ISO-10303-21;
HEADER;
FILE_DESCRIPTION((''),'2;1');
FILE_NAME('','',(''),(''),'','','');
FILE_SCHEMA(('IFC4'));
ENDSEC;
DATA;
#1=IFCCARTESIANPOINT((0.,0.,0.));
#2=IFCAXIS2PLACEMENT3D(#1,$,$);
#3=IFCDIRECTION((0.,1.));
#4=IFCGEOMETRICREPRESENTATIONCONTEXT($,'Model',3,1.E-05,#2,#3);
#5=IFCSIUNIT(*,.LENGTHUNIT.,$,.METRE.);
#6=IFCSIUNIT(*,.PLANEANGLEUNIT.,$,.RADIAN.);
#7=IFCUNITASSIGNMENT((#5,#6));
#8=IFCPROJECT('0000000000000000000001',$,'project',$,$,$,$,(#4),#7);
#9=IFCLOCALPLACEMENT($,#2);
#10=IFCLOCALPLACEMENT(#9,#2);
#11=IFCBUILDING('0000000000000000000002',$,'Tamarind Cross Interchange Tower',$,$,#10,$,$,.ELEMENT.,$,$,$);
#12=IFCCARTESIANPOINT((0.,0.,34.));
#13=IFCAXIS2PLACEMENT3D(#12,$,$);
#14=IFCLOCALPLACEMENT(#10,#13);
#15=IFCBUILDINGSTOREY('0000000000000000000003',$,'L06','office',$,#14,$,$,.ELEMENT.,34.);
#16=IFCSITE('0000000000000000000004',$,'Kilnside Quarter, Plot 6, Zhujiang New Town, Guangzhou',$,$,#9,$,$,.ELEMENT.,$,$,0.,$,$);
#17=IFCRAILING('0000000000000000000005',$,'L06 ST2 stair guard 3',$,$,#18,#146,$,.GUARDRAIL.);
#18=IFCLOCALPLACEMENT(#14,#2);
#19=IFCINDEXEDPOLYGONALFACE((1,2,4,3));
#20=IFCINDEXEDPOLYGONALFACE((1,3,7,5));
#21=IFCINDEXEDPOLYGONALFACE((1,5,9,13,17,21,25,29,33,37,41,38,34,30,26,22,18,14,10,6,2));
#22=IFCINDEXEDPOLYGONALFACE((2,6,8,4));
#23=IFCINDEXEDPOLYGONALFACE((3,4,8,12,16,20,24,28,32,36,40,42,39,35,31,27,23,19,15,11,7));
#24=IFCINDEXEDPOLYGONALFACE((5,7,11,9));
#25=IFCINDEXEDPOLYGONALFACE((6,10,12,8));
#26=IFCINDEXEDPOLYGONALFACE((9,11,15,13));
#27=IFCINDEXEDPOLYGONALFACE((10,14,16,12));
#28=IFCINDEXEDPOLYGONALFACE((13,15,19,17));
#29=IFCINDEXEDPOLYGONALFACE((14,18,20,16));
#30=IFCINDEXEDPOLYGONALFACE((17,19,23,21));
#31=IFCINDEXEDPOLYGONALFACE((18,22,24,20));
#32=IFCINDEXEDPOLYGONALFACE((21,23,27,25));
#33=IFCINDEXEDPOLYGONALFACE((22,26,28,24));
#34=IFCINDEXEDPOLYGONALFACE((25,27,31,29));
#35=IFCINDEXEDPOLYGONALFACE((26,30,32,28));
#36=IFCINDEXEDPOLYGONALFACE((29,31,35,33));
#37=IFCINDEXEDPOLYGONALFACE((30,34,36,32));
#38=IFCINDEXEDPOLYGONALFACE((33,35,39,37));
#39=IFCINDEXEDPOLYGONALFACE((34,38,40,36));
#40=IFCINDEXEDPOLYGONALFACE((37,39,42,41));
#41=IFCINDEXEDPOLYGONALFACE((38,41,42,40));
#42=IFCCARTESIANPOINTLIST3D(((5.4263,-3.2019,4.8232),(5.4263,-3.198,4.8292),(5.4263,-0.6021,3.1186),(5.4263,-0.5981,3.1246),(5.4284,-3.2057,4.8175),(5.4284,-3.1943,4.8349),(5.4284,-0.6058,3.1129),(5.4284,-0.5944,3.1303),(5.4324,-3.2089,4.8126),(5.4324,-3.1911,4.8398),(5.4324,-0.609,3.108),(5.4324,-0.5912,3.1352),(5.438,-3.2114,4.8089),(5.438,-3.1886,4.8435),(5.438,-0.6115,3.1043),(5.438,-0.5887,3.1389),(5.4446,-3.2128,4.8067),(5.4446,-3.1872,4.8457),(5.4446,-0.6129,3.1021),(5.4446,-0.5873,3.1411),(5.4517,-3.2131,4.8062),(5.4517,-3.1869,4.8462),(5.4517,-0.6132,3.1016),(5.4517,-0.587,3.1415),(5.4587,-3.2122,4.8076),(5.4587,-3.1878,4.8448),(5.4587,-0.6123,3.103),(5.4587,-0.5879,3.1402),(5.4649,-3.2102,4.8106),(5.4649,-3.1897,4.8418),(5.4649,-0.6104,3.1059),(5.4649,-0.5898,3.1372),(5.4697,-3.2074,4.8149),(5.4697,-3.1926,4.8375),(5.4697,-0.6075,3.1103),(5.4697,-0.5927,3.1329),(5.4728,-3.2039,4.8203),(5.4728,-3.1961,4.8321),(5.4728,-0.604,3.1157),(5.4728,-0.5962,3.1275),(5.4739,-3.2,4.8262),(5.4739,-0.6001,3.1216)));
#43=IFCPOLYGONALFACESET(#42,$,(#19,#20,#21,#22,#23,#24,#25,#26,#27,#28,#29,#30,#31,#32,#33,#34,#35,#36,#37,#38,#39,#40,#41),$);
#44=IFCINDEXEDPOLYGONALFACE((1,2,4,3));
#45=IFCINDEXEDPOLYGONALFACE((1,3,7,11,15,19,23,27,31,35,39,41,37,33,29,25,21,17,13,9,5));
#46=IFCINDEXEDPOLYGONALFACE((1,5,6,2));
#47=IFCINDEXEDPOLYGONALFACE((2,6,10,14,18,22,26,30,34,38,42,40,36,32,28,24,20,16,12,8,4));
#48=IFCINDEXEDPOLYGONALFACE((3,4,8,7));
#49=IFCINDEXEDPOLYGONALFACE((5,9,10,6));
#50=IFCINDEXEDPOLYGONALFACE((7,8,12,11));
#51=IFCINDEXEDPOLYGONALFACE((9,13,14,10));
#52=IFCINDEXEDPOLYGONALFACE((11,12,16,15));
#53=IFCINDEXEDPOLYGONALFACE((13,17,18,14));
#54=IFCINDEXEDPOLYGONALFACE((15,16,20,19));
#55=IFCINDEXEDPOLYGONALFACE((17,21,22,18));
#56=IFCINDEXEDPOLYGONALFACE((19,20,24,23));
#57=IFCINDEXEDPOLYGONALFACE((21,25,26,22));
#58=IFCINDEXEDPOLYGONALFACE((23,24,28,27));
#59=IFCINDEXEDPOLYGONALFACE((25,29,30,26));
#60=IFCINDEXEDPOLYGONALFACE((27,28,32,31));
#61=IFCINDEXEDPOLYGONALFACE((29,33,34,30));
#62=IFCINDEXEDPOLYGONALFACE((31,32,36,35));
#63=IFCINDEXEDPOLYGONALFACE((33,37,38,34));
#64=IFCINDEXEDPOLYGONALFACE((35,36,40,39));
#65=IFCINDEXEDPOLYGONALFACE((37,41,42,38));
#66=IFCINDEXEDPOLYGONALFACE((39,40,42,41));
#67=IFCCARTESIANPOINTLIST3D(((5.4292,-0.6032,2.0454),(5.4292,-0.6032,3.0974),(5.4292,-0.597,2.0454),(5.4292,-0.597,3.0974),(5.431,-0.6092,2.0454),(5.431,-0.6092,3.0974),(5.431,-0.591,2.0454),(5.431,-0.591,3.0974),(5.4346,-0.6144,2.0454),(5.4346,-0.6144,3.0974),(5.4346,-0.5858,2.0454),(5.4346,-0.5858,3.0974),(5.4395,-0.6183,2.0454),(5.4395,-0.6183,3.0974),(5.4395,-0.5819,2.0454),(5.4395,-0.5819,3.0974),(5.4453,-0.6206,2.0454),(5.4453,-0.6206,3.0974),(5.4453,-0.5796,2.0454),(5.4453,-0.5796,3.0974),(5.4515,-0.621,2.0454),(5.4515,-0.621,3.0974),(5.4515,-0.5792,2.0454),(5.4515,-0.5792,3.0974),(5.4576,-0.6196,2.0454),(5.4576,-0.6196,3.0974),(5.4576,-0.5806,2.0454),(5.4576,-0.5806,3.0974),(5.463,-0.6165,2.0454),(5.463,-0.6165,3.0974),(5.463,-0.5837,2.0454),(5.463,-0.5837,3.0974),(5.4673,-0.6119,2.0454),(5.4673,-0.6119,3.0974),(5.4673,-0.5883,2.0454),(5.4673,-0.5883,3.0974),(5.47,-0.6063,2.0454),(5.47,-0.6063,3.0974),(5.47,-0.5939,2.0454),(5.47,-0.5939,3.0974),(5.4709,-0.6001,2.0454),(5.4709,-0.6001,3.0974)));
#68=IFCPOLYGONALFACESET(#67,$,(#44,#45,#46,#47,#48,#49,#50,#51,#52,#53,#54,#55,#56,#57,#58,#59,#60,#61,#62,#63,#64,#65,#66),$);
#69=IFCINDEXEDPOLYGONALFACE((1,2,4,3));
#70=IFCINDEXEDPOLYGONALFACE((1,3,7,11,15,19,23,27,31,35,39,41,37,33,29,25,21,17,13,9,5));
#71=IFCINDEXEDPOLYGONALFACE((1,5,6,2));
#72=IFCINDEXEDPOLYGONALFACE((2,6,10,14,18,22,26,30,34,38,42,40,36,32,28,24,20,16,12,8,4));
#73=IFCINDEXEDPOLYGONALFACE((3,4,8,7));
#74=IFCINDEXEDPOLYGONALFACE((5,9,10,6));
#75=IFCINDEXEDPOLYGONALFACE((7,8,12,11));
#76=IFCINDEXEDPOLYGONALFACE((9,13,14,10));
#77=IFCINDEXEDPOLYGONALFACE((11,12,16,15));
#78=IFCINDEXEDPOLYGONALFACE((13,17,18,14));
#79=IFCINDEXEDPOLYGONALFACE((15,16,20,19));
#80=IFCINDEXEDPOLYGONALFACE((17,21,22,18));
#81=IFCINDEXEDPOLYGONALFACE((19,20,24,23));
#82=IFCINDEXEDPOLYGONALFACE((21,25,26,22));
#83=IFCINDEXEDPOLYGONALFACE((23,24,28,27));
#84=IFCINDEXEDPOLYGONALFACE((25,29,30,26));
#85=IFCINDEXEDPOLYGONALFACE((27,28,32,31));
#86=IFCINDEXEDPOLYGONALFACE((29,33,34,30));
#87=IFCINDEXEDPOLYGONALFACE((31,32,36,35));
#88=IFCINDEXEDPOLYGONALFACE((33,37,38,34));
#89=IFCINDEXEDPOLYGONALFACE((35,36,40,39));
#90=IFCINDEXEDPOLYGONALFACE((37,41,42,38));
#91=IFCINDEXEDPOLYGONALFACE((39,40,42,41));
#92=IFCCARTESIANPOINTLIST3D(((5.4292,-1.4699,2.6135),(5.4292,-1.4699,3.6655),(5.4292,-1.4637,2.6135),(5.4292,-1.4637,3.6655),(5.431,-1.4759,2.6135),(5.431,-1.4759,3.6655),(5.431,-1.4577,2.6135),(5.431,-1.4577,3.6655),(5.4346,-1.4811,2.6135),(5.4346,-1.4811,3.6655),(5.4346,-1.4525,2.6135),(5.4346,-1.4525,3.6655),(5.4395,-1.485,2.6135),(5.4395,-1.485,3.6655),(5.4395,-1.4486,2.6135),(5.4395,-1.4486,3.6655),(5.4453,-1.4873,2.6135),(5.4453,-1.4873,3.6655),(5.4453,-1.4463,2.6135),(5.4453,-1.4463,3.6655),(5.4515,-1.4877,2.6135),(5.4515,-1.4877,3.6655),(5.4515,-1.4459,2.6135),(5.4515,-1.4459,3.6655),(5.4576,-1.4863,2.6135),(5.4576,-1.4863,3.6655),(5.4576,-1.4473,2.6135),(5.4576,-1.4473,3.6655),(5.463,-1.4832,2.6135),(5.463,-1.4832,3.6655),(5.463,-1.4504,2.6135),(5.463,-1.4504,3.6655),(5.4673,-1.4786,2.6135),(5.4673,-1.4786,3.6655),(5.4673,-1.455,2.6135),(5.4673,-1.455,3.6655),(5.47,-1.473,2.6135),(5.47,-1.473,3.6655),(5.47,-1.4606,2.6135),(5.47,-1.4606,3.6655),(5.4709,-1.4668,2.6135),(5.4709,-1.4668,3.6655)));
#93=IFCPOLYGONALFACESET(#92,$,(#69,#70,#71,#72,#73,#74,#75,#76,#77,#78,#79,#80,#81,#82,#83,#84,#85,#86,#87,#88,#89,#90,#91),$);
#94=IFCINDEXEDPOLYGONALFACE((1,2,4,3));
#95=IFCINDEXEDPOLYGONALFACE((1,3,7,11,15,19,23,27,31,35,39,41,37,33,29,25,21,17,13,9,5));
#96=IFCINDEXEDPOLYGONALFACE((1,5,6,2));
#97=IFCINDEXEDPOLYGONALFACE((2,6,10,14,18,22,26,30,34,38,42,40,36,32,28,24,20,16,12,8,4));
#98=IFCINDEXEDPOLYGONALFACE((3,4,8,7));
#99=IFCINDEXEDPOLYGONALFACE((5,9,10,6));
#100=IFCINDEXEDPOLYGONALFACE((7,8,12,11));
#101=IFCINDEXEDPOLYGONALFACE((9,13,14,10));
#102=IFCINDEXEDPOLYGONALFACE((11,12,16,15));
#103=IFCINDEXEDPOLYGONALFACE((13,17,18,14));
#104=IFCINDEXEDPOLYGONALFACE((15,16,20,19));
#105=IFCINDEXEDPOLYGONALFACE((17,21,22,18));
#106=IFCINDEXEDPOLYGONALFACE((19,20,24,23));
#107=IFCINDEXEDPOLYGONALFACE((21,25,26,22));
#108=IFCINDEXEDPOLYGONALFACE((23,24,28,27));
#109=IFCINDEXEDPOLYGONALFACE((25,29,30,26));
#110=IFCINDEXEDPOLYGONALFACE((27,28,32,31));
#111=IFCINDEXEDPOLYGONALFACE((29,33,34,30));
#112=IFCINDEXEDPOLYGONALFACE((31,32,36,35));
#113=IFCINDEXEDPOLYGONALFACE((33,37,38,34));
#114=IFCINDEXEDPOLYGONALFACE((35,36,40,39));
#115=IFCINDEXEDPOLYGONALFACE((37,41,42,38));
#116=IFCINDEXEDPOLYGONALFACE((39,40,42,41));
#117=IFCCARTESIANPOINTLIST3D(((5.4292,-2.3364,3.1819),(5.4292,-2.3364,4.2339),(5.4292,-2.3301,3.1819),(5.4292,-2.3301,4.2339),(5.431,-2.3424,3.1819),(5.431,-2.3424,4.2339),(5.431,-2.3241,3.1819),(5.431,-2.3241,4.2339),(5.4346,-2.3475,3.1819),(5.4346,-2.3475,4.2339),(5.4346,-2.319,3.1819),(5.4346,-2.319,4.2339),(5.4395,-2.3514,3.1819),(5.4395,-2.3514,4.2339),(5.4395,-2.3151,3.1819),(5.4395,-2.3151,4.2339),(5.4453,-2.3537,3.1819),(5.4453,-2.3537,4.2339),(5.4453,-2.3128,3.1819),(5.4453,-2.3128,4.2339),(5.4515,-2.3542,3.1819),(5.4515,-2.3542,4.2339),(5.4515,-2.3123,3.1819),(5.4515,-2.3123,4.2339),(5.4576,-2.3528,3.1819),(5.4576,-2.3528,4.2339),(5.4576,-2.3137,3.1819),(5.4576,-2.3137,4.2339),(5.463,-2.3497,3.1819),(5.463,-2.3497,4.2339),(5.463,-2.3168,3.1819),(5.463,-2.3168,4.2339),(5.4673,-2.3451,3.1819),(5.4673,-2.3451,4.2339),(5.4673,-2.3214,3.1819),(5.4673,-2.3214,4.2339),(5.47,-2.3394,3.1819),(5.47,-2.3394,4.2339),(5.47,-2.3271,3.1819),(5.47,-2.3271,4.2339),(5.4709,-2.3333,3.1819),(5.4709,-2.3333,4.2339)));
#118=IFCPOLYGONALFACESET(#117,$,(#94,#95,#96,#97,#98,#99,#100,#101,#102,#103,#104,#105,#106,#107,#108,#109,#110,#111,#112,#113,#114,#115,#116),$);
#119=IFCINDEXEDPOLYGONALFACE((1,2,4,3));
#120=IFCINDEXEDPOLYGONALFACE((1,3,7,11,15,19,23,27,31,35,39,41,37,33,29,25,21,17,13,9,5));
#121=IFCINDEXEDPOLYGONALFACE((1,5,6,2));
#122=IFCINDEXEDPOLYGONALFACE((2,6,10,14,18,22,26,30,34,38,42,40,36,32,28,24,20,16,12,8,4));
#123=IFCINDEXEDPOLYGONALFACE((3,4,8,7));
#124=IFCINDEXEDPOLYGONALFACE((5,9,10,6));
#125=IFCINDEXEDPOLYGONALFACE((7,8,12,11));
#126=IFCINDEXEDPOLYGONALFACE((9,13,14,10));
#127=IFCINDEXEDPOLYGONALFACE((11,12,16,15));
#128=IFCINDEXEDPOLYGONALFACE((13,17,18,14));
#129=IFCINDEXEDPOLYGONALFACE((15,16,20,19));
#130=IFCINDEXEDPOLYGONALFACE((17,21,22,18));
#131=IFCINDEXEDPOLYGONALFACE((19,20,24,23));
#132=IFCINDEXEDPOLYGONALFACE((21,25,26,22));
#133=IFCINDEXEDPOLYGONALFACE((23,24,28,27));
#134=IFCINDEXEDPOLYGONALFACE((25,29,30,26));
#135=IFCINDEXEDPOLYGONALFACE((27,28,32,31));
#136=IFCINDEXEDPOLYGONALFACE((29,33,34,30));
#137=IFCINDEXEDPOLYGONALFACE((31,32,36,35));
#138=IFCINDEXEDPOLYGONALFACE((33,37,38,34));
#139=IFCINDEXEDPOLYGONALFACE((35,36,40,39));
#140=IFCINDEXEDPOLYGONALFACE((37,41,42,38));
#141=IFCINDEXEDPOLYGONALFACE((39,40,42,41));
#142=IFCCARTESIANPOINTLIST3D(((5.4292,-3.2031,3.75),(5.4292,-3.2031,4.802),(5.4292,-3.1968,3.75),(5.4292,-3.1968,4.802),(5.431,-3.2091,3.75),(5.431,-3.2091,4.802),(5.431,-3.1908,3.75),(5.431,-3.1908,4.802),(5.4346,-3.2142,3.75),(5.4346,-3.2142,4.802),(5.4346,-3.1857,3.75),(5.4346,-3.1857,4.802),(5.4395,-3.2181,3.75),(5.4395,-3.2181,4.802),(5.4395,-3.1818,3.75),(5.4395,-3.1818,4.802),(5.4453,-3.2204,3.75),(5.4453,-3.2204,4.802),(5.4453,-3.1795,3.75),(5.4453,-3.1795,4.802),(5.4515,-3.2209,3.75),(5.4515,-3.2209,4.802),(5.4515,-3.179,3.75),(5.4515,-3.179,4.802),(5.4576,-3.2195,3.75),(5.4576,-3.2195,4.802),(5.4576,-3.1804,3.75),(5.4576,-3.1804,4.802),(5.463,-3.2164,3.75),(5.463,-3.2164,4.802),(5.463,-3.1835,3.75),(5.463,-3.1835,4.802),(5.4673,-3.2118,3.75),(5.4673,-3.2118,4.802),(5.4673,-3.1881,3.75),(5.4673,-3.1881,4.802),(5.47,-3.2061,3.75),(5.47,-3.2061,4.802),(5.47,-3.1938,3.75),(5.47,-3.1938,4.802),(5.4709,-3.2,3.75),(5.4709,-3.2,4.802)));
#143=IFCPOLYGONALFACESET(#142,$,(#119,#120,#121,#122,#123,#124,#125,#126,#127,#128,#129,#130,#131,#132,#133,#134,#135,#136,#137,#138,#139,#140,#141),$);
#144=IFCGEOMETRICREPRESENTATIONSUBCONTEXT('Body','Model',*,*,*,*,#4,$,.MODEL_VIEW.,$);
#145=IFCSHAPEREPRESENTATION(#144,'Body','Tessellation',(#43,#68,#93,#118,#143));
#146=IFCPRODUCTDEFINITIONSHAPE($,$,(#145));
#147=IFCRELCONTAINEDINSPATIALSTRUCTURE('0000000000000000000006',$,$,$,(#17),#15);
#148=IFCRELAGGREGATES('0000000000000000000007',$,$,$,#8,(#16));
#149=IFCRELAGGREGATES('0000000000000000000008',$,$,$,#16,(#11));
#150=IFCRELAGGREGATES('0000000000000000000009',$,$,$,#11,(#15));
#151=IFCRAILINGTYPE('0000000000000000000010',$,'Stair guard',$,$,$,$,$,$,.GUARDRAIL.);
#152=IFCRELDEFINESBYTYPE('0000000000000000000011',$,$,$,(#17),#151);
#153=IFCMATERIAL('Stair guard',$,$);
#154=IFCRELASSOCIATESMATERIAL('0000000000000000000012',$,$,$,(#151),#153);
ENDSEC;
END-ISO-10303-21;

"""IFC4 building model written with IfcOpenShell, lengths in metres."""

from ifc_helpers import new_model, si_unit, direction, frame, origin, origin_2d, place, context, subcontext, project, spatial, circle, extrude, material, type_object, element, save


model = new_model("IFC4")

# Units and contexts
model_context = context("Model", 3, precision=1e-05, world=origin(), true_north=direction((0.0, 1.0)))
body_context = subcontext(model_context, "Body", "Model", "MODEL_VIEW")
ifc_project = project(units=[si_unit("LENGTHUNIT", "METRE"), si_unit("PLANEANGLEUNIT", "RADIAN")], contexts=[model_context])

# Site, building, storey
site_placement = place(None, origin())
site = spatial("IfcSite", under=ifc_project, at=site_placement, Name="Kilnside Quarter, Plot 6, Zhujiang New Town, Guangzhou", CompositionType="ELEMENT", RefElevation=0.0)
building_placement = place(site_placement, origin())
building = spatial("IfcBuilding", under=site, at=building_placement, Name="Tamarind Cross Interchange Tower", CompositionType="ELEMENT")
storey_placement = place(building_placement, frame((0.0, 0.0, 34.0)))
storey = spatial("IfcBuildingStorey", under=building, at=storey_placement, Name="L06", Description="office", CompositionType="ELEMENT", Elevation=34.0)

# Railing
ifc_material_1 = material(Name="Stair guard")
railing_type = type_object("IfcRailingType", Name="Stair guard", PredefinedType="GUARDRAIL", material=ifc_material_1)
railing_1_placement = place(storey_placement, frame((5.45, -0.6001, 2.0454)))
element("IfcRailing", 1, at=railing_1_placement, inside=storey, type_object=railing_type, Name="L06 ST2 stair guard 3", PredefinedType="GUARDRAIL", context=body_context, shape_type="SweptSolid", body=[
    extrude(circle(Radius=0.0239, at=origin_2d()), frame((0.0, 0.0, 1.0762), z_axis=(0.0, -0.836279, 0.548305), x_axis=(1.0, 0.0, 0.0)), (0.0, 0.0, 1.0), 3.1089),
    extrude(circle(Radius=0.021, at=origin_2d()), origin(), (0.0, 0.0, 1.0), 1.052),
    extrude(circle(Radius=0.021, at=origin_2d()), frame((0.0, -0.8667, 0.5681)), (0.0, 0.0, 1.0), 1.052),
    extrude(circle(Radius=0.021, at=origin_2d()), frame((0.0, -1.7332, 1.1365)), (0.0, 0.0, 1.0), 1.052),
    extrude(circle(Radius=0.021, at=origin_2d()), frame((0.0, -2.5999, 1.7046)), (0.0, 0.0, 1.0), 1.052),
])

save(model, "model.ifc")
